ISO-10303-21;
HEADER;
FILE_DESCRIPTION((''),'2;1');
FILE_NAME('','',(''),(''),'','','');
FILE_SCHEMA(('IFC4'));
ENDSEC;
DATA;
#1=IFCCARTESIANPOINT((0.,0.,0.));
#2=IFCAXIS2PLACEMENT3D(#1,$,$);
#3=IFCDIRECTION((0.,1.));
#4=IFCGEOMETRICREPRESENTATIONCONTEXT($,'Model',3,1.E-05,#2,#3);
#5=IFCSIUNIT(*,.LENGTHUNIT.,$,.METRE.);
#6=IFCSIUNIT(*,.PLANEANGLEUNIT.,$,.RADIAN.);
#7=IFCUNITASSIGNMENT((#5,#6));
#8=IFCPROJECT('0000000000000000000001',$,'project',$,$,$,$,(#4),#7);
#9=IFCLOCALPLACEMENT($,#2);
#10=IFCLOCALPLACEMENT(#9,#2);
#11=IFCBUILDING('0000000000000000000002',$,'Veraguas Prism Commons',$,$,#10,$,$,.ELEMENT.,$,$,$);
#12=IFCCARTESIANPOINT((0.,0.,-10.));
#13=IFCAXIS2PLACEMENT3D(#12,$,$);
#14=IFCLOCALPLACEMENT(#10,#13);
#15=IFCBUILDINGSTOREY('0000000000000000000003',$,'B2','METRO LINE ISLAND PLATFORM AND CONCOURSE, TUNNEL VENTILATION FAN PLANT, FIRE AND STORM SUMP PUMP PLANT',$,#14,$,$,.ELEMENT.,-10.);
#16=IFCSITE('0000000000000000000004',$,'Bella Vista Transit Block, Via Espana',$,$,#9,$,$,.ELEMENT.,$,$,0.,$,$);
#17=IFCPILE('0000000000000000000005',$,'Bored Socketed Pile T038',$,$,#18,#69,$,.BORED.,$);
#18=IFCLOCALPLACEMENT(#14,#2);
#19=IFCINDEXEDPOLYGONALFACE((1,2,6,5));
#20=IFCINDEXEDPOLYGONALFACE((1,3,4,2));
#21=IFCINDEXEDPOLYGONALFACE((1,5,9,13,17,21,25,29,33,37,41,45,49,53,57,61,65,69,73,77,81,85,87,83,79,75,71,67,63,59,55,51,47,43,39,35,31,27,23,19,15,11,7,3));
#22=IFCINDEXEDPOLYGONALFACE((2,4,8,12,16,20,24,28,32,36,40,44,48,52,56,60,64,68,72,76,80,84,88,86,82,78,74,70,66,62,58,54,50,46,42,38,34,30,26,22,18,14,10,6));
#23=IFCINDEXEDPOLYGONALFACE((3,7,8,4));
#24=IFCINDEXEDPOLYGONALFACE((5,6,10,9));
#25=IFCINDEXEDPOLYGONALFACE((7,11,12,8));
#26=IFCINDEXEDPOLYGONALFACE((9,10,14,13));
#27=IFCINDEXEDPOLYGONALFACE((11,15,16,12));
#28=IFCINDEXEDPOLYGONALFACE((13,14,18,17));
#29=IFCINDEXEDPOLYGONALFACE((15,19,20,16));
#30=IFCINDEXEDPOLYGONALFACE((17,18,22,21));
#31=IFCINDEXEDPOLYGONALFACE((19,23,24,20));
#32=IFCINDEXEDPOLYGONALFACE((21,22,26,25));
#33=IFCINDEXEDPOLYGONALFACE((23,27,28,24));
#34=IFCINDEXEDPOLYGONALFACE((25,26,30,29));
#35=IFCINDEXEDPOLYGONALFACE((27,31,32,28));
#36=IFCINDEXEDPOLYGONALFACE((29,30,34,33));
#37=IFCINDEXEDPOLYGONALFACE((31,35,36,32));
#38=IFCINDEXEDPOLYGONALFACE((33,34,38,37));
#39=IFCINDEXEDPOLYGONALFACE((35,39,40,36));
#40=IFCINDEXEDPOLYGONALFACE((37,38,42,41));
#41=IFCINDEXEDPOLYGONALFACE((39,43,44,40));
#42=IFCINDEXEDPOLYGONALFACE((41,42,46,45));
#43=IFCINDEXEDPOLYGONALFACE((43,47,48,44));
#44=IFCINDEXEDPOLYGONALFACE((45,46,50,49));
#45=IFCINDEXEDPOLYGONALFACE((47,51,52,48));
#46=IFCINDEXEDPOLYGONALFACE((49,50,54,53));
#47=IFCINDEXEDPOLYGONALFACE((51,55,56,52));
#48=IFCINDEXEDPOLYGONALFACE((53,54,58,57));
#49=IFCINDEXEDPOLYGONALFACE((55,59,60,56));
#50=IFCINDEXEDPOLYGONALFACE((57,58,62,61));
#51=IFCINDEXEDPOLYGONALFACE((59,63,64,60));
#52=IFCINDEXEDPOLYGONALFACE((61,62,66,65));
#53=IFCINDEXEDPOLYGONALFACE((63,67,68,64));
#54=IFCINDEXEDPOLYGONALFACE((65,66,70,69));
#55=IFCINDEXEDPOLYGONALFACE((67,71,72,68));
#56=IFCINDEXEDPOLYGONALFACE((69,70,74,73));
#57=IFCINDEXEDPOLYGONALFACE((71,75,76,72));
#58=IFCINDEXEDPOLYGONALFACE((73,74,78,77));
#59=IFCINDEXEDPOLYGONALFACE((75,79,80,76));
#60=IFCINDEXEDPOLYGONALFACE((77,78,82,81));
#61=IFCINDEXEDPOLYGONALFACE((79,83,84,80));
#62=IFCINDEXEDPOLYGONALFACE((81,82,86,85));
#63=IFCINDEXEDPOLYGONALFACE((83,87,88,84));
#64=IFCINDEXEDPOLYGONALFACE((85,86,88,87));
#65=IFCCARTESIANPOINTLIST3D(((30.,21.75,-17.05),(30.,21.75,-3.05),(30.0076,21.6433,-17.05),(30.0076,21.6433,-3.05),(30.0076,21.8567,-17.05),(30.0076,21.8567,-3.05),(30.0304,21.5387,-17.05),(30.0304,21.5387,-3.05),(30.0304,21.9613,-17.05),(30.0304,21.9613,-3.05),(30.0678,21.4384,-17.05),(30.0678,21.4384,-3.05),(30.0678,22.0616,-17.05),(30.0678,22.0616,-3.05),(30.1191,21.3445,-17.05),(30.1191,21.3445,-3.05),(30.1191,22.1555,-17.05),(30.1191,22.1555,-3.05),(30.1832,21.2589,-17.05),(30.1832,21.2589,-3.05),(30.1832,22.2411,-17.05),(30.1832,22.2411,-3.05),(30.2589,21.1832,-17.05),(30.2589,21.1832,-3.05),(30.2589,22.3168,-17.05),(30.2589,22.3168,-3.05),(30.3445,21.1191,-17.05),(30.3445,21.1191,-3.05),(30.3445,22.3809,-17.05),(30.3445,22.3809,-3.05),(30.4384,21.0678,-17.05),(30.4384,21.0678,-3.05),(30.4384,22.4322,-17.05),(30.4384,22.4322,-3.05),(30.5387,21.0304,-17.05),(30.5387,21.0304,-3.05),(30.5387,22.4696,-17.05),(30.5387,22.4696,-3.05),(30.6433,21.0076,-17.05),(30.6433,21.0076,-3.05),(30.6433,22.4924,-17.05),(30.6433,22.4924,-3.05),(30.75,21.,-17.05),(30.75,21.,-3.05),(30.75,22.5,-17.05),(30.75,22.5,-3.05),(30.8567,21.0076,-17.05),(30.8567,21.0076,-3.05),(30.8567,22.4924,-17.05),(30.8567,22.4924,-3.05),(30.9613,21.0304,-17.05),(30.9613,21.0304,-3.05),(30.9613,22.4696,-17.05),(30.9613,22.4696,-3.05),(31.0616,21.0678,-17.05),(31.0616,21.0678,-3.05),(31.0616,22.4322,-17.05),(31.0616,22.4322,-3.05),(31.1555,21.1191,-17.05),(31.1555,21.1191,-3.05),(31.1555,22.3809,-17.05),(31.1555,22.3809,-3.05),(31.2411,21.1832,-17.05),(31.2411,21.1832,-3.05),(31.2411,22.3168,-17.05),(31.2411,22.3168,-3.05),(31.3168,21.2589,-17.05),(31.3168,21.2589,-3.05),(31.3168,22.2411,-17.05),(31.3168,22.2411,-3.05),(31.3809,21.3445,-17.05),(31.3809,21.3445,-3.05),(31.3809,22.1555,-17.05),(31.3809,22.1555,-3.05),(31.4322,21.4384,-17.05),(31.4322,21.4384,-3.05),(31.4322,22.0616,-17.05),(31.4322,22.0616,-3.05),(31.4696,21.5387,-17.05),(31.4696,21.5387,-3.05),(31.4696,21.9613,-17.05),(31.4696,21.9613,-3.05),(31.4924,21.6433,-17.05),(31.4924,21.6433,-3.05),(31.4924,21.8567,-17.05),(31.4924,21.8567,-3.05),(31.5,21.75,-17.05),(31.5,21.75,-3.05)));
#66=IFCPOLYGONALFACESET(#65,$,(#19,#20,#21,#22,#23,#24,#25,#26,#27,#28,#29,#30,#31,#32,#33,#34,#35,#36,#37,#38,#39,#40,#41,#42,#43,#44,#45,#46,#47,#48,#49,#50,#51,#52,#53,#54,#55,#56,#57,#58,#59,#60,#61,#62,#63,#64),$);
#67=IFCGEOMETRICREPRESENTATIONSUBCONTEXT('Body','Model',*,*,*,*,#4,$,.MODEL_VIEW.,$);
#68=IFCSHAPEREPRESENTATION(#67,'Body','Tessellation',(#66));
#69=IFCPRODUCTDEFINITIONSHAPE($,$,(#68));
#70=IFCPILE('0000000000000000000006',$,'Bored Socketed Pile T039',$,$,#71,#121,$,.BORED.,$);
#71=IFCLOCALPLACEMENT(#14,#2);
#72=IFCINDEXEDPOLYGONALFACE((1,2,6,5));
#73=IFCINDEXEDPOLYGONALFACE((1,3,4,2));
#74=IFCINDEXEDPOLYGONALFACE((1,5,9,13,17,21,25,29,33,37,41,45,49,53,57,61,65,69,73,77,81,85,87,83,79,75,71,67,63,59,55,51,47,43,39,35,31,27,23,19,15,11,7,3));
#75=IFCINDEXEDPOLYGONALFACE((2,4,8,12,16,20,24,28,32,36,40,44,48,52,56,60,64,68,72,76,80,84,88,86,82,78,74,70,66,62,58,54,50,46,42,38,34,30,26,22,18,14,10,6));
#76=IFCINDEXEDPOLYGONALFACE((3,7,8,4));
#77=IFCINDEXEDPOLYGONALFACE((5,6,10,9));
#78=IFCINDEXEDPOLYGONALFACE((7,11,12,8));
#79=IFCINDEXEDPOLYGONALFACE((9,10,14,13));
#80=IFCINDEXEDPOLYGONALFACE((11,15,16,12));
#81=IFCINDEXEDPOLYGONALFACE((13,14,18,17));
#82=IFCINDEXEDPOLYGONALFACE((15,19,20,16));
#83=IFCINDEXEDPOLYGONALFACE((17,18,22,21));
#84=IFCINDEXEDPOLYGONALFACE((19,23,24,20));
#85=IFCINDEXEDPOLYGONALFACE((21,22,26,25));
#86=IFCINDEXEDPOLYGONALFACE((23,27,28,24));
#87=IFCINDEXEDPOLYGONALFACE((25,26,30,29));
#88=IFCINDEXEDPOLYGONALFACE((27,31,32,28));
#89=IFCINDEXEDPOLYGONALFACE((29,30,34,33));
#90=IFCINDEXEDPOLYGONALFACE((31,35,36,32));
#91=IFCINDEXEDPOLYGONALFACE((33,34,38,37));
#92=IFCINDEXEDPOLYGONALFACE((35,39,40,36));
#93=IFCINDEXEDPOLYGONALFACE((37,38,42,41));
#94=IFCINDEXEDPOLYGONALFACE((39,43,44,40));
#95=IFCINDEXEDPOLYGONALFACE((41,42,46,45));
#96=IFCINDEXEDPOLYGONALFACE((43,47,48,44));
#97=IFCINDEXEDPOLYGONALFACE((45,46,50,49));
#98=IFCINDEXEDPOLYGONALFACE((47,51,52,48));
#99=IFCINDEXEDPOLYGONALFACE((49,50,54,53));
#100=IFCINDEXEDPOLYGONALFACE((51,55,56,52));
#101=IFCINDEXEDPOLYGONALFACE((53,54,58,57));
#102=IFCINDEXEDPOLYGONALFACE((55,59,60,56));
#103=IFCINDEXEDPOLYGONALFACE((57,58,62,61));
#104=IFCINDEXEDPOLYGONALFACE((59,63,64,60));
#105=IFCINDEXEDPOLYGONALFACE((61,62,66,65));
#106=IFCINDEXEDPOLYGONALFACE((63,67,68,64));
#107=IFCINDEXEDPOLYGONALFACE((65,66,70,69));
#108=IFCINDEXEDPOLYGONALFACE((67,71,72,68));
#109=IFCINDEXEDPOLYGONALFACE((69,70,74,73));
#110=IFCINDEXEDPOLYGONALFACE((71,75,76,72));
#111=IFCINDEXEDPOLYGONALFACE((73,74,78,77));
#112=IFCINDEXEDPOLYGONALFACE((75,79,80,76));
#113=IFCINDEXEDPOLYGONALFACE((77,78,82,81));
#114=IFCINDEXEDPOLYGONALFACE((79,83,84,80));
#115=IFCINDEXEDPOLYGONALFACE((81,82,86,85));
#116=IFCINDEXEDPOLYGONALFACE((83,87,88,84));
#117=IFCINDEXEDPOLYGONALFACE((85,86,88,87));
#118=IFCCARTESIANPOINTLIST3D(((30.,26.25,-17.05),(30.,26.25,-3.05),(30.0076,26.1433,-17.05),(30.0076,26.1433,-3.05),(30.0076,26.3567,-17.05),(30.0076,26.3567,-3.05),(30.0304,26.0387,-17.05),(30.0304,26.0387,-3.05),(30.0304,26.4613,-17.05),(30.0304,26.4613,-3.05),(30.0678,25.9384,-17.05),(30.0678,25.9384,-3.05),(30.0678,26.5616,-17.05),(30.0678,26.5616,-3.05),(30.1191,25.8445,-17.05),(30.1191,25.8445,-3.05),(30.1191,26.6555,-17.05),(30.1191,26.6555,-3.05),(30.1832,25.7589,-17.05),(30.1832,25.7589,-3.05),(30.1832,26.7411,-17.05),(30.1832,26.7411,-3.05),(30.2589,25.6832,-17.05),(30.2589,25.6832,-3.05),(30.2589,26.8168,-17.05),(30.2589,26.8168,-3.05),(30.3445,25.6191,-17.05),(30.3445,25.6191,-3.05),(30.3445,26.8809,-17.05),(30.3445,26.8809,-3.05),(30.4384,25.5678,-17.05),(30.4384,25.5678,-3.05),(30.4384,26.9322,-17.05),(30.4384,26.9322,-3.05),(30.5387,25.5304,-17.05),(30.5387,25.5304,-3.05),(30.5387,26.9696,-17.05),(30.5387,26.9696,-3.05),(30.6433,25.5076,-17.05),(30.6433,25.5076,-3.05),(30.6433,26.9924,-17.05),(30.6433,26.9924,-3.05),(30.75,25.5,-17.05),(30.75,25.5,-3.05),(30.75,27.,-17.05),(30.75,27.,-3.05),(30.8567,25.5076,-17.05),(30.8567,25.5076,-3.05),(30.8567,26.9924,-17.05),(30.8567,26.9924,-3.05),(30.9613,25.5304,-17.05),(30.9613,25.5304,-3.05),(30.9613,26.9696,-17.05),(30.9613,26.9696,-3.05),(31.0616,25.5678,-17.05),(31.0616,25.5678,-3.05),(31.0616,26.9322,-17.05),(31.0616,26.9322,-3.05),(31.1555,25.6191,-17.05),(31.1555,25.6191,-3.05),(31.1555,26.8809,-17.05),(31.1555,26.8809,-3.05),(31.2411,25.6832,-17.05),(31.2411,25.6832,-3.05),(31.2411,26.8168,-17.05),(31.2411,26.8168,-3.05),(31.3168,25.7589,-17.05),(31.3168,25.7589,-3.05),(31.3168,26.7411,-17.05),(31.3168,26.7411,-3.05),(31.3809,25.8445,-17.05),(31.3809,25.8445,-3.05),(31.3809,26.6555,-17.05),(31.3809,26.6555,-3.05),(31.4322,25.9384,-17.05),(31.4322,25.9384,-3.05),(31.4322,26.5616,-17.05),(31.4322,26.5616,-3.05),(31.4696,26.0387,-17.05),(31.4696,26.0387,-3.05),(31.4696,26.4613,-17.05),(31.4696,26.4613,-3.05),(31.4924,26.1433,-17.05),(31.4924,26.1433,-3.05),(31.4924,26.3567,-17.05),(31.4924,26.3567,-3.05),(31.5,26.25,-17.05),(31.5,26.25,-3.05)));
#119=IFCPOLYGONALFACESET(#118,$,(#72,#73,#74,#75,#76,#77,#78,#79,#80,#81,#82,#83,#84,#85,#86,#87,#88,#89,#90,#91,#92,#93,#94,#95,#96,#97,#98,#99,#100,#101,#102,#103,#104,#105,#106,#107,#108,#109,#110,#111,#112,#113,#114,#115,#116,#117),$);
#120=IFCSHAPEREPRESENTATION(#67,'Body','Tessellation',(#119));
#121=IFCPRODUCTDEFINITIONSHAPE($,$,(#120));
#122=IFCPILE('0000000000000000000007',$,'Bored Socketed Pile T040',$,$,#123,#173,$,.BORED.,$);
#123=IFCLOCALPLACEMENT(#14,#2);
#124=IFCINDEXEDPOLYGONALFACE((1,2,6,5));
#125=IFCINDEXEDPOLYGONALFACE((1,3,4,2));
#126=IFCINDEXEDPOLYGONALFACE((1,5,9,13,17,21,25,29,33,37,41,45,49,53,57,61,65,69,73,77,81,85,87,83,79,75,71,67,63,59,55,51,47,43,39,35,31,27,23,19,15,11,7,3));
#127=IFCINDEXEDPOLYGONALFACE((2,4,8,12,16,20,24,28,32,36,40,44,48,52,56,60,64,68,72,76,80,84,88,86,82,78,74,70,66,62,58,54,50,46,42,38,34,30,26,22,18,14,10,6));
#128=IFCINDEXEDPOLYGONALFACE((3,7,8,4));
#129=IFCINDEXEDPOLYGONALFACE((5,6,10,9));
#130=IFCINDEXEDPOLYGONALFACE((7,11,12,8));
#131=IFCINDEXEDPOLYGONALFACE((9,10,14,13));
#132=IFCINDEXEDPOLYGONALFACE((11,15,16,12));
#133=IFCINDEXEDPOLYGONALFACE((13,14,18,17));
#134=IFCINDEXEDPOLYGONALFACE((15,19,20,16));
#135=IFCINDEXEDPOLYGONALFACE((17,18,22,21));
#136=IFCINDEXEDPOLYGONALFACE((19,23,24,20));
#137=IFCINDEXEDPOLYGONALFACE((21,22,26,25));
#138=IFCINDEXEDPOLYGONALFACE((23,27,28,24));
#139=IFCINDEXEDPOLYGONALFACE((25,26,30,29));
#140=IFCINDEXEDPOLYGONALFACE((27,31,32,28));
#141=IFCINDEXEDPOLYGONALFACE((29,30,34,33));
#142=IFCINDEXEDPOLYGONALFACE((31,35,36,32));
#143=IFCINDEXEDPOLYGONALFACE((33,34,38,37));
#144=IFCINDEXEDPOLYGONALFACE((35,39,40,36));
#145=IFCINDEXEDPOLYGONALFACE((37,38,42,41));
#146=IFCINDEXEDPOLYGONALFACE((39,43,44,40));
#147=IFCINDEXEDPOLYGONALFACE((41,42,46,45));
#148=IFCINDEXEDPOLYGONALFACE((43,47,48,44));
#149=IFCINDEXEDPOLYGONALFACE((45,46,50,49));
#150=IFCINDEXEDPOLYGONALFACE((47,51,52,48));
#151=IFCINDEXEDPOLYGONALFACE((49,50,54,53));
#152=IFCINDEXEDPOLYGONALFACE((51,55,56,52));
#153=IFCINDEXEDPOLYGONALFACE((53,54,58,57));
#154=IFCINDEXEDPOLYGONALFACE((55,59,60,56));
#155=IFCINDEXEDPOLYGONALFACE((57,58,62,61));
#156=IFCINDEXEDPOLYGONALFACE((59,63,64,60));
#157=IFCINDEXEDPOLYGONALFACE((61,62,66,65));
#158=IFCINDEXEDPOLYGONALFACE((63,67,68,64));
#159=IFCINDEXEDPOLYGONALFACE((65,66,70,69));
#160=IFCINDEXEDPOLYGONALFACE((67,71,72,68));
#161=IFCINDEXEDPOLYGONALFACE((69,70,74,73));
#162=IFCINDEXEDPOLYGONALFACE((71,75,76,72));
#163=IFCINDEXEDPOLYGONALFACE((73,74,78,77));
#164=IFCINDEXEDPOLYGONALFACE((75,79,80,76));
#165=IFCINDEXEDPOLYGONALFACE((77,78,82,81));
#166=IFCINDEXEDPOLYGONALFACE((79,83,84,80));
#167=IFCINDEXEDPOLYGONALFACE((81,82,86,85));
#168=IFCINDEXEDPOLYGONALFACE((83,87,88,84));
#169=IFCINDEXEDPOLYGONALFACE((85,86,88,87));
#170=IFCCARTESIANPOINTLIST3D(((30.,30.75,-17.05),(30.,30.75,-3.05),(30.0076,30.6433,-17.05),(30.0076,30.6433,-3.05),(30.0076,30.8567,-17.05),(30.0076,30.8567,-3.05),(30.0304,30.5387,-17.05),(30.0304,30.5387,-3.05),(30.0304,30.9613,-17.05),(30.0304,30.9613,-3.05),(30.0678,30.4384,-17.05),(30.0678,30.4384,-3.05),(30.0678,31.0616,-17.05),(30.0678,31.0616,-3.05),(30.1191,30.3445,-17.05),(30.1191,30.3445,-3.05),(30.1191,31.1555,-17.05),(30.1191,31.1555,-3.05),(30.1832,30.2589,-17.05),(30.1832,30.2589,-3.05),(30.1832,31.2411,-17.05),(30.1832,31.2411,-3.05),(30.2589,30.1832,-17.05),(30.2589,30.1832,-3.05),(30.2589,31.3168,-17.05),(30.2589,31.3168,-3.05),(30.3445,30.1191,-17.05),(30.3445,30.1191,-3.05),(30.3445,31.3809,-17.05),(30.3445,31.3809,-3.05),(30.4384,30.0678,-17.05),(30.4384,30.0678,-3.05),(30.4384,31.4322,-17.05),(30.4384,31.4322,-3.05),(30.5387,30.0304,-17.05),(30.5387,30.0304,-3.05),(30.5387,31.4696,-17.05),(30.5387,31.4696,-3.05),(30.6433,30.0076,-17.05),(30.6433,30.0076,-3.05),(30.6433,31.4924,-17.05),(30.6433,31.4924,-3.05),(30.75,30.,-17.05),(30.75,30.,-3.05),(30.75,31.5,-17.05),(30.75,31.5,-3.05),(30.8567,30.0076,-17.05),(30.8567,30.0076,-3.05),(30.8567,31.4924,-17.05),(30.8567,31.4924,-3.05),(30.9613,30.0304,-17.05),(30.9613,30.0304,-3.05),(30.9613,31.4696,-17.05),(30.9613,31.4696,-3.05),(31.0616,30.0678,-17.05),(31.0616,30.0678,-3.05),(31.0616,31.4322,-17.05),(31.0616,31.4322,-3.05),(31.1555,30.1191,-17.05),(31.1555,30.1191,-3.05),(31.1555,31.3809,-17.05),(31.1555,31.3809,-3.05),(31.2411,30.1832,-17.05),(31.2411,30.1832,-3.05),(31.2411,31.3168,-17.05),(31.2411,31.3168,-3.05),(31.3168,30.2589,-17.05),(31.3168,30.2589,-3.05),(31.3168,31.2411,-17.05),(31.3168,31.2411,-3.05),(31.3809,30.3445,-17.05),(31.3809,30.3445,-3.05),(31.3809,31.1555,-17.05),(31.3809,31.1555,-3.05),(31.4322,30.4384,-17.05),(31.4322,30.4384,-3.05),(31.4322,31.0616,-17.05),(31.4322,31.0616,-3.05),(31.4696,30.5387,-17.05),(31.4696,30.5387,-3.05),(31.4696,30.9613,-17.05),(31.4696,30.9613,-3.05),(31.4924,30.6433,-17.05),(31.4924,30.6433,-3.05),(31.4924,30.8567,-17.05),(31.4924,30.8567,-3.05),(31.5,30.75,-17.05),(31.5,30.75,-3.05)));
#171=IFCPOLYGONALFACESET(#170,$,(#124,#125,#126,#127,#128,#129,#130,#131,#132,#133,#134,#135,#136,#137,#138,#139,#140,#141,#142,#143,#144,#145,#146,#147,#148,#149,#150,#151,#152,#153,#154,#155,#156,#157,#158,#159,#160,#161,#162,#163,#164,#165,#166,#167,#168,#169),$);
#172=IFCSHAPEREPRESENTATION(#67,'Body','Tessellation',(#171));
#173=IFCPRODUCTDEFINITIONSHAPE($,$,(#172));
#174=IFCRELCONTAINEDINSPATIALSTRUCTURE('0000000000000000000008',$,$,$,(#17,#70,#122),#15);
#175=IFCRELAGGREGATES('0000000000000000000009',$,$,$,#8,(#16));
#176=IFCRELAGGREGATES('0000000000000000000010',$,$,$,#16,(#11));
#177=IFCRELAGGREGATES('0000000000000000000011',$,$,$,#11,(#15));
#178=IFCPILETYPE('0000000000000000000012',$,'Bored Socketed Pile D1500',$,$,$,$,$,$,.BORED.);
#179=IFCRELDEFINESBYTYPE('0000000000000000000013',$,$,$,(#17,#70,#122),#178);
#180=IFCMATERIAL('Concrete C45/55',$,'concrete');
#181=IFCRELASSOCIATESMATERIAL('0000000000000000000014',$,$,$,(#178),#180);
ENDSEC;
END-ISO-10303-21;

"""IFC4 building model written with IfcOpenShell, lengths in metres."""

from ifc_helpers import new_model, si_unit, direction, frame, origin, origin_2d, place, context, subcontext, project, spatial, circle, extrude, source, transform, mapped, material, material_profile, profile_set, type_object, element, save


model = new_model("IFC4")

# Units and contexts
model_context = context("Model", 3, precision=1e-05, world=origin(), true_north=direction((0.0, 1.0)))
body_context = subcontext(model_context, "Body", "Model", "MODEL_VIEW")
ifc_project = project(units=[si_unit("LENGTHUNIT", "METRE"), si_unit("PLANEANGLEUNIT", "RADIAN")], contexts=[model_context])

# Site, building, storey
site_placement = place(None, origin())
site = spatial("IfcSite", under=ifc_project, at=site_placement, Name="Bella Vista Transit Block, Via Espana", CompositionType="ELEMENT", RefElevation=0.0)
building_placement = place(site_placement, origin())
building = spatial("IfcBuilding", under=site, at=building_placement, Name="Veraguas Prism Commons", CompositionType="ELEMENT")
storey_placement = place(building_placement, frame((0.0, 0.0, -10.0)))
storey = spatial("IfcBuildingStorey", under=building, at=storey_placement, Name="B2", Description="METRO LINE ISLAND PLATFORM AND CONCOURSE, TUNNEL VENTILATION FAN PLANT, FIRE AND STORM SUMP PUMP PLANT", CompositionType="ELEMENT", Elevation=-10.0)

# Piles
ifc_material_1 = material(Name="Concrete C45/55", Category="concrete")
ifc_material_profile_1 = material_profile(ifc_material_1, circle(Radius=0.75, at=origin_2d()), Name="PILE1500")
ifc_profile_set_1 = profile_set([ifc_material_profile_1], Name="Concrete C45/55")
pile_type = type_object("IfcPileType", Name="Bored Socketed Pile D1500", PredefinedType="BORED", material=ifc_profile_set_1)
shared_shape_1 = source(origin(), body_context, "Body", "SweptSolid", [
    extrude(circle(Radius=0.75, at=origin_2d()), origin(), (0.0, 0.0, 1.0), 14.0),
])
for number, where, z_axis, x_axis, name in (
    (1, (30.75, 21.75, -3.05), (0.0, 0.0, -1.0), (1.0, 0.0, 0.0), "Bored Socketed Pile T038"),
    (2, (30.75, 26.25, -3.05), (0.0, 0.0, -1.0), (1.0, 0.0, 0.0), "Bored Socketed Pile T039"),
    (3, (30.75, 30.75, -3.05), (0.0, 0.0, -1.0), (1.0, 0.0, 0.0), "Bored Socketed Pile T040"),
):
    element("IfcPile", number, at=place(storey_placement, frame(where, z_axis=z_axis, x_axis=x_axis)), inside=storey, type_object=pile_type, Name=name, PredefinedType="BORED", context=body_context, shape_type="MappedRepresentation", body=[
        mapped(shared_shape_1, transform((0.0, 0.0, 0.0), scale=1.0)),
    ])

save(model, "model.ifc")
